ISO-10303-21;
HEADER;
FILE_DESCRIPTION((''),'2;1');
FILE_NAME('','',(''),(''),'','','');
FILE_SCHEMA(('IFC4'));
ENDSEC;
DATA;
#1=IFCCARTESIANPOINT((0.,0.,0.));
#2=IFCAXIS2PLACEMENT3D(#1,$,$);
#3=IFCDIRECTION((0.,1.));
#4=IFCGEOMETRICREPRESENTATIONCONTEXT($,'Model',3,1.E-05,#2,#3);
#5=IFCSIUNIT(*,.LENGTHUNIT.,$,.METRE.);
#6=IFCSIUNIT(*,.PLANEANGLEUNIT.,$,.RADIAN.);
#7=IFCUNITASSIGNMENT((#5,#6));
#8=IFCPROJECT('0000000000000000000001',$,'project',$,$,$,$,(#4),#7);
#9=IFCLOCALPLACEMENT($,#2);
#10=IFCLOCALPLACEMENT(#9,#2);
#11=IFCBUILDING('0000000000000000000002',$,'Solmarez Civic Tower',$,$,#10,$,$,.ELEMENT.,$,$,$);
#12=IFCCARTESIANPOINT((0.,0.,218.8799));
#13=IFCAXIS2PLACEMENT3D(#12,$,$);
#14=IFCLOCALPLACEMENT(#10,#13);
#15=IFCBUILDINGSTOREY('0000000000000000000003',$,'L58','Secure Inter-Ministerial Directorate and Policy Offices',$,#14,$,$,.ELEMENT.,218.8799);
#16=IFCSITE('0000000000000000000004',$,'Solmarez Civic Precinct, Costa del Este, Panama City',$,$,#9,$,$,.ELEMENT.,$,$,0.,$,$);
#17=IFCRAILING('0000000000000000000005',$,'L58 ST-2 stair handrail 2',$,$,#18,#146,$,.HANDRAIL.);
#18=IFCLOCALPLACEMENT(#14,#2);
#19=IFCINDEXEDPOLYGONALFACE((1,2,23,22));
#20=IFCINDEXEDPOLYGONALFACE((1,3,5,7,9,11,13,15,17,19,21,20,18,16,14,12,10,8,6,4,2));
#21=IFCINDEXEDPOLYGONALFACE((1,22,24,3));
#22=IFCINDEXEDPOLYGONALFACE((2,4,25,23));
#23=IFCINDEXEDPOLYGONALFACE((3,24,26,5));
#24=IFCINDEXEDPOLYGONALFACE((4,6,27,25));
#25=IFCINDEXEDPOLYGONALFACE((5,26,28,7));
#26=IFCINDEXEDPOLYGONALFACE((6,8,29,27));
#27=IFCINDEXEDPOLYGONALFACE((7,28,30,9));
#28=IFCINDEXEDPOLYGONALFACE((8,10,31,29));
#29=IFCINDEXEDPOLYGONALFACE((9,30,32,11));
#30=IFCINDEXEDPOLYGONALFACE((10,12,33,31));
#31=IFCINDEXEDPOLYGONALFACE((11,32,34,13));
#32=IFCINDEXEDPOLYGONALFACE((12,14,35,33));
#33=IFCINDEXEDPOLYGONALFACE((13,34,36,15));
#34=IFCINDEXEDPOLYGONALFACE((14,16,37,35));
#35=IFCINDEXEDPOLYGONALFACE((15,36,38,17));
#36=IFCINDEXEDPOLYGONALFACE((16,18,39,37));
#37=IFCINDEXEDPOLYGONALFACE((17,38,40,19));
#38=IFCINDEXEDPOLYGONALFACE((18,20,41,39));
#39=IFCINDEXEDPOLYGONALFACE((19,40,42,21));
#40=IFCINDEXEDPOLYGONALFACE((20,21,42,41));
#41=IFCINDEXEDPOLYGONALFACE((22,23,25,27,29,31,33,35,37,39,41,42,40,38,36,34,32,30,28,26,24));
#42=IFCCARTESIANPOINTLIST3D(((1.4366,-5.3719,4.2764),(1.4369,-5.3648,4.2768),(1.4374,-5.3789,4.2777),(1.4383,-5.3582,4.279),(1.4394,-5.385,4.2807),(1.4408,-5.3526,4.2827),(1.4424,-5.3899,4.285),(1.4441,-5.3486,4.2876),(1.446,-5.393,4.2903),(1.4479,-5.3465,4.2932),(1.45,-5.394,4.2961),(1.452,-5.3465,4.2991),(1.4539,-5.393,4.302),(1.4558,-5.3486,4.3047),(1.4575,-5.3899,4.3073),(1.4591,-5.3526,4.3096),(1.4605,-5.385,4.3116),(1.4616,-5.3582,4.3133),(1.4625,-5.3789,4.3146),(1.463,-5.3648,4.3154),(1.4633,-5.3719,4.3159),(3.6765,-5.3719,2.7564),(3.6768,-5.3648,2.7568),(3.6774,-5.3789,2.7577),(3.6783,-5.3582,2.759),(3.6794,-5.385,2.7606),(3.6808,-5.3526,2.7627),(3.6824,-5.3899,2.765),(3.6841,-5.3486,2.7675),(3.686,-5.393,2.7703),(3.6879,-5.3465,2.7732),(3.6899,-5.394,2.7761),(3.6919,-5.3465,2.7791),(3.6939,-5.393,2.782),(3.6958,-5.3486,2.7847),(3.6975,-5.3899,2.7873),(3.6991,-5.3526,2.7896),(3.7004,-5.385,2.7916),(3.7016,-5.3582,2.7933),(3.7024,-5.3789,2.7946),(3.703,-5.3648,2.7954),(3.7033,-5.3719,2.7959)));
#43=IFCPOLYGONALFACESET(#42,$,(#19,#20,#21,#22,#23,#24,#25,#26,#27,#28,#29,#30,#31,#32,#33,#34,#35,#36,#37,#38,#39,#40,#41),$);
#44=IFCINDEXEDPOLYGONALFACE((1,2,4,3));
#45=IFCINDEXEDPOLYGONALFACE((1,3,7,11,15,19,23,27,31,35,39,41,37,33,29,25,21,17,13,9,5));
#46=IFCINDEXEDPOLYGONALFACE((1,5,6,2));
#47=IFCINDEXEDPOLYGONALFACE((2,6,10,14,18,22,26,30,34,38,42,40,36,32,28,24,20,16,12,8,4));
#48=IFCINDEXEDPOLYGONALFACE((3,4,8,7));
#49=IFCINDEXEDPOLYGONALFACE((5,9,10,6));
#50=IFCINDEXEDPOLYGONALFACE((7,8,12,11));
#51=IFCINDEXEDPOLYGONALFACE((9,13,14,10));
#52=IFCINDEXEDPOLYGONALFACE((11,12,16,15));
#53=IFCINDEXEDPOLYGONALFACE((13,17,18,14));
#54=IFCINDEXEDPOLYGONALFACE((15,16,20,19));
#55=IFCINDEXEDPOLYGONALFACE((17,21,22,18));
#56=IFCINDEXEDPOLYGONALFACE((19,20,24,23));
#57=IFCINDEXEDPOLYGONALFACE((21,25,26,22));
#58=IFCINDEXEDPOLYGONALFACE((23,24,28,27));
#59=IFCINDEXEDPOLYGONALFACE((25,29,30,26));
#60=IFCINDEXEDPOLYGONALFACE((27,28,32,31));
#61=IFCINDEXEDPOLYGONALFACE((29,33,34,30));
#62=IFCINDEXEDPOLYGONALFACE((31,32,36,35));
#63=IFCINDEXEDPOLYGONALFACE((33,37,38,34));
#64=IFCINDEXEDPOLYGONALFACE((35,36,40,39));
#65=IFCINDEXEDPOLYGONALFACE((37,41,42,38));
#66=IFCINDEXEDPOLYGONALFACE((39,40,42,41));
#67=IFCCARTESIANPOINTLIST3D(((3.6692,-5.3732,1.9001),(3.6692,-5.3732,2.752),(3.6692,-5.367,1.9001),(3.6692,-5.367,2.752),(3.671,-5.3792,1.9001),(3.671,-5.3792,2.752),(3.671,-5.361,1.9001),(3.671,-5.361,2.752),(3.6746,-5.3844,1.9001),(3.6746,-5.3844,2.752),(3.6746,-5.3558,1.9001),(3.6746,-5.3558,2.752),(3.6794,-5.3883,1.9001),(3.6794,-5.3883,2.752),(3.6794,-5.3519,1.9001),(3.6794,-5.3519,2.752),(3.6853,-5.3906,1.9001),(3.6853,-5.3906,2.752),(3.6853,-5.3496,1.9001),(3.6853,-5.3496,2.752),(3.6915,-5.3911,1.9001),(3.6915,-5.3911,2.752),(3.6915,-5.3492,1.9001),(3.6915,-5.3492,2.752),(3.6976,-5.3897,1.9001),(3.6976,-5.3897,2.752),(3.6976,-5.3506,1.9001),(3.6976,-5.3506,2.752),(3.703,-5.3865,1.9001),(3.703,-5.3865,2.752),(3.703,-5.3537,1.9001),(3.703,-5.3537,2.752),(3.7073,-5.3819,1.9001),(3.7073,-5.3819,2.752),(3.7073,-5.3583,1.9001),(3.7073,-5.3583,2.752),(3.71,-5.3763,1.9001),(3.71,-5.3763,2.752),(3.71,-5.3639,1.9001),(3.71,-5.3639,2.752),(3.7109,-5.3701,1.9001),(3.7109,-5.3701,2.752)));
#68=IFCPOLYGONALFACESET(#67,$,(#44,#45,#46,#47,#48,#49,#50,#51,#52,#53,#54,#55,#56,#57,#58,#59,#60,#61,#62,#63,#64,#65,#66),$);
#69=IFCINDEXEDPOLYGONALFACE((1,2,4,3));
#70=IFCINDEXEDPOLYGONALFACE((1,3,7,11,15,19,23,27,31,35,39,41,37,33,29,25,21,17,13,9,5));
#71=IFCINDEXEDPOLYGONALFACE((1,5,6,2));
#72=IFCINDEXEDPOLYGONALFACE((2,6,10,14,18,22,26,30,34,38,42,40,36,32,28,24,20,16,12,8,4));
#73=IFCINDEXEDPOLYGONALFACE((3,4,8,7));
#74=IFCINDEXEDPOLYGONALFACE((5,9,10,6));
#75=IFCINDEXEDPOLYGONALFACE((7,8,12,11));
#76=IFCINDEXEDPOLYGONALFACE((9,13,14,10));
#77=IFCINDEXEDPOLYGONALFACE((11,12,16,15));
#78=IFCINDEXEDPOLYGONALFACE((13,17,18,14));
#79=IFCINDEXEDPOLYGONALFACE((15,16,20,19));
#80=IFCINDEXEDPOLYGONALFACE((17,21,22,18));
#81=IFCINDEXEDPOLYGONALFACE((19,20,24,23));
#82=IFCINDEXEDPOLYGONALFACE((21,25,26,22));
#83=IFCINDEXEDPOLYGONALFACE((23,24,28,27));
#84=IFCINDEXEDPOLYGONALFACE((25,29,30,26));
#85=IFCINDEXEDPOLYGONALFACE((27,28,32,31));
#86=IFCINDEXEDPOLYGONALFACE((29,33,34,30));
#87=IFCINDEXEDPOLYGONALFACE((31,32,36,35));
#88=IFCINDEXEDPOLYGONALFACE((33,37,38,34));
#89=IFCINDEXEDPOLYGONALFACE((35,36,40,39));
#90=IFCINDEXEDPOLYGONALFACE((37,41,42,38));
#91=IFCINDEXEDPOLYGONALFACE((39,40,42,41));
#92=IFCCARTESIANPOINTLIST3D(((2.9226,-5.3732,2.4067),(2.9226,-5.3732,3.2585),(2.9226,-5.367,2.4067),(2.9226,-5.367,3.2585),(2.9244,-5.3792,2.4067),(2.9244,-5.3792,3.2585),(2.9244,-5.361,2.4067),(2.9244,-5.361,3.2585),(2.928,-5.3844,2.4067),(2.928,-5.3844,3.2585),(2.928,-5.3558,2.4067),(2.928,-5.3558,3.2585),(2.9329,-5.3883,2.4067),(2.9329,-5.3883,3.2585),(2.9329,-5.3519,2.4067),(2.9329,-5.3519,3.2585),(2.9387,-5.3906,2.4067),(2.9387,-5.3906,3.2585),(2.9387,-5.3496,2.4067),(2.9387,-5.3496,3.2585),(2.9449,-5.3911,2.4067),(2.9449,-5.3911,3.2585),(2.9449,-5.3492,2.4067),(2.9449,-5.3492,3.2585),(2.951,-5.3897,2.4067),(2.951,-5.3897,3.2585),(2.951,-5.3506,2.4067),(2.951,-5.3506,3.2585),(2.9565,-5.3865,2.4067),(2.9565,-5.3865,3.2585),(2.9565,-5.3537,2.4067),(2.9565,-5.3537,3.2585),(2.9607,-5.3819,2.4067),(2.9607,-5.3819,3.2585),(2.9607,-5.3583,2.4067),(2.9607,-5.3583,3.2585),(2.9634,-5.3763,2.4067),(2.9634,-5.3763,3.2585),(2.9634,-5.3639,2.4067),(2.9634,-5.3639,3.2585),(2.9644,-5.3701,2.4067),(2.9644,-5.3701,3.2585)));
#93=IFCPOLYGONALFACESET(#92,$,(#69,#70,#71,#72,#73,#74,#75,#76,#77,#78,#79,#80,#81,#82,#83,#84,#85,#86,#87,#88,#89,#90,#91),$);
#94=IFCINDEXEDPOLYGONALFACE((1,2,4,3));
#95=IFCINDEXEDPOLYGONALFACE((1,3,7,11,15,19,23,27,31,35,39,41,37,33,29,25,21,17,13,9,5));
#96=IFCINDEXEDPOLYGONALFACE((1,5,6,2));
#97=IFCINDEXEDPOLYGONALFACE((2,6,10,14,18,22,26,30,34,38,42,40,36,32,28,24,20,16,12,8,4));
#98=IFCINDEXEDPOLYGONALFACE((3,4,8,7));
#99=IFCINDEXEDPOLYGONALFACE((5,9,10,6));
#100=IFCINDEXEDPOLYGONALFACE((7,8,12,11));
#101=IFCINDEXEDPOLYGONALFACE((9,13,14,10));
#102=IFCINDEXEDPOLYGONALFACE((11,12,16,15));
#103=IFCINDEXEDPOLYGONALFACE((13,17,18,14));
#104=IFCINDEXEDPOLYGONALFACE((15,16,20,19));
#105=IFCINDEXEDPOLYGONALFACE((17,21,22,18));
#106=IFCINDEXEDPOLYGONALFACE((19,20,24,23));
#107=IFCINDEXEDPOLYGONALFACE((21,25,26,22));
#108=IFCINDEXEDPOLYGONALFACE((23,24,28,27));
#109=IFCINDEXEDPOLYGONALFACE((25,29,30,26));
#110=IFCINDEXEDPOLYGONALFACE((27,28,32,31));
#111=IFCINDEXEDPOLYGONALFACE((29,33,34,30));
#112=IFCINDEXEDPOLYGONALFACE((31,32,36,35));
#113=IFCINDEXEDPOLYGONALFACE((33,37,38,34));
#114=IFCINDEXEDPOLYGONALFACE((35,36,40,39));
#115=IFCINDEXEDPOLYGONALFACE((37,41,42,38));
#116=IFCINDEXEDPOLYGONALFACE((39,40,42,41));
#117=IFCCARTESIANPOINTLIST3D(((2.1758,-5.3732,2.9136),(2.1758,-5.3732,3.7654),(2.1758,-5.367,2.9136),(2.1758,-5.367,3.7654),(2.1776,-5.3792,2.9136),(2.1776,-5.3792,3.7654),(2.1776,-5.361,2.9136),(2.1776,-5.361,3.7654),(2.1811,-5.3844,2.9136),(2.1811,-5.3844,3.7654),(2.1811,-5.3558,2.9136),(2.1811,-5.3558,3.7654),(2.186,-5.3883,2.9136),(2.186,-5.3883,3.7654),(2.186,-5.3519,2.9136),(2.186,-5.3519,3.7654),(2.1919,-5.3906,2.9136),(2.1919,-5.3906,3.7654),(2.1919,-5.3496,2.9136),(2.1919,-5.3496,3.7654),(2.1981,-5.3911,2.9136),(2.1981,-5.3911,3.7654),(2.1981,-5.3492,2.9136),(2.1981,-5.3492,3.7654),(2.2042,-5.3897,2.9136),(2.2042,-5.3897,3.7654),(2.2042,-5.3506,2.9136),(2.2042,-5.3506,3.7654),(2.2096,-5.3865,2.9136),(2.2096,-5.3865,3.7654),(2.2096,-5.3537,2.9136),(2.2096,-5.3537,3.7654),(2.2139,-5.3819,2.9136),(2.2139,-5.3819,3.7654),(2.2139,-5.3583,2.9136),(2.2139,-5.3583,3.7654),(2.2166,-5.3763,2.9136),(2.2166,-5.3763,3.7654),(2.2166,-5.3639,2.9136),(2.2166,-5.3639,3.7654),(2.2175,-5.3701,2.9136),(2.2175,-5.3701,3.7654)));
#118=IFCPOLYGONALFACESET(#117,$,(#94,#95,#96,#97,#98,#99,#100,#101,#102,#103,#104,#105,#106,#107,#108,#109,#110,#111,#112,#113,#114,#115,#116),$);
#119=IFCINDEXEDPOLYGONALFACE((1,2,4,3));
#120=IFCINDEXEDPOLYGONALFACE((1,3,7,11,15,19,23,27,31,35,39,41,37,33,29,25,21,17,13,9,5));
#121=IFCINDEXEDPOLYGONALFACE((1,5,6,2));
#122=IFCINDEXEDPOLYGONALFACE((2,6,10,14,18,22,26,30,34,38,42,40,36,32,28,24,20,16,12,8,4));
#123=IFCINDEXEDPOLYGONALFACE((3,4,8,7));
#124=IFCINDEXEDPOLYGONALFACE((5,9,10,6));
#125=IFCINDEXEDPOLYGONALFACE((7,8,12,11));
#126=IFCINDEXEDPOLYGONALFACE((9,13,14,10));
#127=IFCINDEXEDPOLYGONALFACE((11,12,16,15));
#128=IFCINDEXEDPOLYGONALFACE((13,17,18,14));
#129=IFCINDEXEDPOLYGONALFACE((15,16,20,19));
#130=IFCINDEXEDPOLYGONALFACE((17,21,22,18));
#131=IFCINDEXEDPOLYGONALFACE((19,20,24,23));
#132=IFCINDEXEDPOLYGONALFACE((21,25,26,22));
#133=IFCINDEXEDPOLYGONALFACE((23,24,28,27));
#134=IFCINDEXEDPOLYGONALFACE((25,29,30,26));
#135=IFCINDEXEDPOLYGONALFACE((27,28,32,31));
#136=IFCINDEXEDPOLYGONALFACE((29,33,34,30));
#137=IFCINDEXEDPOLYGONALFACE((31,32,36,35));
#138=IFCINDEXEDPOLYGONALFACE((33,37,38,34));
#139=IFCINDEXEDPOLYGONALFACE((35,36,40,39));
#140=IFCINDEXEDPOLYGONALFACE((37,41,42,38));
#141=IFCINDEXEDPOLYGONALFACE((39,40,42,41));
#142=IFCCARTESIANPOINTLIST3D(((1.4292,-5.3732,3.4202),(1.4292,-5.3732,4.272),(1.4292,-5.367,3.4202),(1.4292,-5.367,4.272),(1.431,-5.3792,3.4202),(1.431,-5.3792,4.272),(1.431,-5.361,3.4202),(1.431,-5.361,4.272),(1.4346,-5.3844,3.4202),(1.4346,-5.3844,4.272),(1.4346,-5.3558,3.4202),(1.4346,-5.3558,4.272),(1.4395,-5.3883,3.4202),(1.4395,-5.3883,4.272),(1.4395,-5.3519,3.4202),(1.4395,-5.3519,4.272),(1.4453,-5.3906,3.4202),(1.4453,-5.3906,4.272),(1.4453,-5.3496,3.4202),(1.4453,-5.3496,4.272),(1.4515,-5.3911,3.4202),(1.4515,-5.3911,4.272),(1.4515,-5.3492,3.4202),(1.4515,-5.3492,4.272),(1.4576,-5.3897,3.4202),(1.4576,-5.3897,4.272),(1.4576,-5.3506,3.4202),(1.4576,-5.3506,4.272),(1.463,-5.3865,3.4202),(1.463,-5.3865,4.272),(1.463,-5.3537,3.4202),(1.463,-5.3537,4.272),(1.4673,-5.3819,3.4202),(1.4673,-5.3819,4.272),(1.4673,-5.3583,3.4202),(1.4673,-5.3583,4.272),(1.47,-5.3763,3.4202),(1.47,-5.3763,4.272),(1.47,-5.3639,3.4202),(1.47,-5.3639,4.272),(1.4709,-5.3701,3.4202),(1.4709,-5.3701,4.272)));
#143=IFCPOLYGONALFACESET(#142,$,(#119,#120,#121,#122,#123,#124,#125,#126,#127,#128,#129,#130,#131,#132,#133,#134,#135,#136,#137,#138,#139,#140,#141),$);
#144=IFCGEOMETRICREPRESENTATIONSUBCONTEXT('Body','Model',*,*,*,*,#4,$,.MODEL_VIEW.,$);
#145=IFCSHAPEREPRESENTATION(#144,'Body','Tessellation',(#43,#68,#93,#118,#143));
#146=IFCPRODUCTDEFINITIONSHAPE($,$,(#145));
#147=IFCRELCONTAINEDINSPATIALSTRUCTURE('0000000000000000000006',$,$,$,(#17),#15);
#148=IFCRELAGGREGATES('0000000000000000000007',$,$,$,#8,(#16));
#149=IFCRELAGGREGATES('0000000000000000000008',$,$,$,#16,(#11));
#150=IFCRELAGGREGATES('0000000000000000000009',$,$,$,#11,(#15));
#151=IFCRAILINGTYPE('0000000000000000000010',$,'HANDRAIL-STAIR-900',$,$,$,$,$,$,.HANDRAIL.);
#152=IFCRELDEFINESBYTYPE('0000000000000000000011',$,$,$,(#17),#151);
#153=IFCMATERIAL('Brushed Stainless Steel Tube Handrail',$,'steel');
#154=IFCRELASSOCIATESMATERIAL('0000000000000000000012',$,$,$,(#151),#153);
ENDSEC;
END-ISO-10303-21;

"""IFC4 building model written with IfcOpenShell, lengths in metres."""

from ifc_helpers import new_model, si_unit, direction, frame, origin, origin_2d, place, context, subcontext, project, spatial, circle, extrude, material, type_object, element, save


model = new_model("IFC4")

# Units and contexts
model_context = context("Model", 3, precision=1e-05, world=origin(), true_north=direction((0.0, 1.0)))
body_context = subcontext(model_context, "Body", "Model", "MODEL_VIEW")
ifc_project = project(units=[si_unit("LENGTHUNIT", "METRE"), si_unit("PLANEANGLEUNIT", "RADIAN")], contexts=[model_context])

# Site, building, storey
site_placement = place(None, origin())
site = spatial("IfcSite", under=ifc_project, at=site_placement, Name="Solmarez Civic Precinct, Costa del Este, Panama City", CompositionType="ELEMENT", RefElevation=0.0)
building_placement = place(site_placement, origin())
building = spatial("IfcBuilding", under=site, at=building_placement, Name="Solmarez Civic Tower", CompositionType="ELEMENT")
storey_placement = place(building_placement, frame((0.0, 0.0, 218.8799)))
storey = spatial("IfcBuildingStorey", under=building, at=storey_placement, Name="L58", Description="Secure Inter-Ministerial Directorate and Policy Offices", CompositionType="ELEMENT", Elevation=218.8799)

# Railing
ifc_material_1 = material(Name="Brushed Stainless Steel Tube Handrail", Category="steel")
railing_type_1 = type_object("IfcRailingType", Name="HANDRAIL-STAIR-900", PredefinedType="HANDRAIL", material=ifc_material_1)
railing_1_placement = place(storey_placement, frame((3.6899, -5.3701, 1.9001)))
element("IfcRailing", 1, at=railing_1_placement, inside=storey, type_object=railing_type_1, Name="L58 ST-2 stair handrail 2", PredefinedType="HANDRAIL", context=body_context, shape_type="SweptSolid", body=[
    extrude(circle(Radius=0.0239, at=origin_2d()), frame((0.0, 0.0, 0.876), z_axis=(-0.827471, 0.0, 0.561508), x_axis=(0.0, -1.0, 0.0)), (0.0, 0.0, 1.0), 2.707),
    extrude(circle(Radius=0.021, at=origin_2d()), origin(), (0.0, 0.0, 1.0), 0.8518),
    extrude(circle(Radius=0.021, at=origin_2d()), frame((-0.7466, 0.0, 0.5066)), (0.0, 0.0, 1.0), 0.8518),
    extrude(circle(Radius=0.021, at=origin_2d()), frame((-1.4934, 0.0, 1.0134)), (0.0, 0.0, 1.0), 0.8518),
    extrude(circle(Radius=0.021, at=origin_2d()), frame((-2.24, 0.0, 1.52)), (0.0, 0.0, 1.0), 0.8518),
])

save(model, "model.ifc")
